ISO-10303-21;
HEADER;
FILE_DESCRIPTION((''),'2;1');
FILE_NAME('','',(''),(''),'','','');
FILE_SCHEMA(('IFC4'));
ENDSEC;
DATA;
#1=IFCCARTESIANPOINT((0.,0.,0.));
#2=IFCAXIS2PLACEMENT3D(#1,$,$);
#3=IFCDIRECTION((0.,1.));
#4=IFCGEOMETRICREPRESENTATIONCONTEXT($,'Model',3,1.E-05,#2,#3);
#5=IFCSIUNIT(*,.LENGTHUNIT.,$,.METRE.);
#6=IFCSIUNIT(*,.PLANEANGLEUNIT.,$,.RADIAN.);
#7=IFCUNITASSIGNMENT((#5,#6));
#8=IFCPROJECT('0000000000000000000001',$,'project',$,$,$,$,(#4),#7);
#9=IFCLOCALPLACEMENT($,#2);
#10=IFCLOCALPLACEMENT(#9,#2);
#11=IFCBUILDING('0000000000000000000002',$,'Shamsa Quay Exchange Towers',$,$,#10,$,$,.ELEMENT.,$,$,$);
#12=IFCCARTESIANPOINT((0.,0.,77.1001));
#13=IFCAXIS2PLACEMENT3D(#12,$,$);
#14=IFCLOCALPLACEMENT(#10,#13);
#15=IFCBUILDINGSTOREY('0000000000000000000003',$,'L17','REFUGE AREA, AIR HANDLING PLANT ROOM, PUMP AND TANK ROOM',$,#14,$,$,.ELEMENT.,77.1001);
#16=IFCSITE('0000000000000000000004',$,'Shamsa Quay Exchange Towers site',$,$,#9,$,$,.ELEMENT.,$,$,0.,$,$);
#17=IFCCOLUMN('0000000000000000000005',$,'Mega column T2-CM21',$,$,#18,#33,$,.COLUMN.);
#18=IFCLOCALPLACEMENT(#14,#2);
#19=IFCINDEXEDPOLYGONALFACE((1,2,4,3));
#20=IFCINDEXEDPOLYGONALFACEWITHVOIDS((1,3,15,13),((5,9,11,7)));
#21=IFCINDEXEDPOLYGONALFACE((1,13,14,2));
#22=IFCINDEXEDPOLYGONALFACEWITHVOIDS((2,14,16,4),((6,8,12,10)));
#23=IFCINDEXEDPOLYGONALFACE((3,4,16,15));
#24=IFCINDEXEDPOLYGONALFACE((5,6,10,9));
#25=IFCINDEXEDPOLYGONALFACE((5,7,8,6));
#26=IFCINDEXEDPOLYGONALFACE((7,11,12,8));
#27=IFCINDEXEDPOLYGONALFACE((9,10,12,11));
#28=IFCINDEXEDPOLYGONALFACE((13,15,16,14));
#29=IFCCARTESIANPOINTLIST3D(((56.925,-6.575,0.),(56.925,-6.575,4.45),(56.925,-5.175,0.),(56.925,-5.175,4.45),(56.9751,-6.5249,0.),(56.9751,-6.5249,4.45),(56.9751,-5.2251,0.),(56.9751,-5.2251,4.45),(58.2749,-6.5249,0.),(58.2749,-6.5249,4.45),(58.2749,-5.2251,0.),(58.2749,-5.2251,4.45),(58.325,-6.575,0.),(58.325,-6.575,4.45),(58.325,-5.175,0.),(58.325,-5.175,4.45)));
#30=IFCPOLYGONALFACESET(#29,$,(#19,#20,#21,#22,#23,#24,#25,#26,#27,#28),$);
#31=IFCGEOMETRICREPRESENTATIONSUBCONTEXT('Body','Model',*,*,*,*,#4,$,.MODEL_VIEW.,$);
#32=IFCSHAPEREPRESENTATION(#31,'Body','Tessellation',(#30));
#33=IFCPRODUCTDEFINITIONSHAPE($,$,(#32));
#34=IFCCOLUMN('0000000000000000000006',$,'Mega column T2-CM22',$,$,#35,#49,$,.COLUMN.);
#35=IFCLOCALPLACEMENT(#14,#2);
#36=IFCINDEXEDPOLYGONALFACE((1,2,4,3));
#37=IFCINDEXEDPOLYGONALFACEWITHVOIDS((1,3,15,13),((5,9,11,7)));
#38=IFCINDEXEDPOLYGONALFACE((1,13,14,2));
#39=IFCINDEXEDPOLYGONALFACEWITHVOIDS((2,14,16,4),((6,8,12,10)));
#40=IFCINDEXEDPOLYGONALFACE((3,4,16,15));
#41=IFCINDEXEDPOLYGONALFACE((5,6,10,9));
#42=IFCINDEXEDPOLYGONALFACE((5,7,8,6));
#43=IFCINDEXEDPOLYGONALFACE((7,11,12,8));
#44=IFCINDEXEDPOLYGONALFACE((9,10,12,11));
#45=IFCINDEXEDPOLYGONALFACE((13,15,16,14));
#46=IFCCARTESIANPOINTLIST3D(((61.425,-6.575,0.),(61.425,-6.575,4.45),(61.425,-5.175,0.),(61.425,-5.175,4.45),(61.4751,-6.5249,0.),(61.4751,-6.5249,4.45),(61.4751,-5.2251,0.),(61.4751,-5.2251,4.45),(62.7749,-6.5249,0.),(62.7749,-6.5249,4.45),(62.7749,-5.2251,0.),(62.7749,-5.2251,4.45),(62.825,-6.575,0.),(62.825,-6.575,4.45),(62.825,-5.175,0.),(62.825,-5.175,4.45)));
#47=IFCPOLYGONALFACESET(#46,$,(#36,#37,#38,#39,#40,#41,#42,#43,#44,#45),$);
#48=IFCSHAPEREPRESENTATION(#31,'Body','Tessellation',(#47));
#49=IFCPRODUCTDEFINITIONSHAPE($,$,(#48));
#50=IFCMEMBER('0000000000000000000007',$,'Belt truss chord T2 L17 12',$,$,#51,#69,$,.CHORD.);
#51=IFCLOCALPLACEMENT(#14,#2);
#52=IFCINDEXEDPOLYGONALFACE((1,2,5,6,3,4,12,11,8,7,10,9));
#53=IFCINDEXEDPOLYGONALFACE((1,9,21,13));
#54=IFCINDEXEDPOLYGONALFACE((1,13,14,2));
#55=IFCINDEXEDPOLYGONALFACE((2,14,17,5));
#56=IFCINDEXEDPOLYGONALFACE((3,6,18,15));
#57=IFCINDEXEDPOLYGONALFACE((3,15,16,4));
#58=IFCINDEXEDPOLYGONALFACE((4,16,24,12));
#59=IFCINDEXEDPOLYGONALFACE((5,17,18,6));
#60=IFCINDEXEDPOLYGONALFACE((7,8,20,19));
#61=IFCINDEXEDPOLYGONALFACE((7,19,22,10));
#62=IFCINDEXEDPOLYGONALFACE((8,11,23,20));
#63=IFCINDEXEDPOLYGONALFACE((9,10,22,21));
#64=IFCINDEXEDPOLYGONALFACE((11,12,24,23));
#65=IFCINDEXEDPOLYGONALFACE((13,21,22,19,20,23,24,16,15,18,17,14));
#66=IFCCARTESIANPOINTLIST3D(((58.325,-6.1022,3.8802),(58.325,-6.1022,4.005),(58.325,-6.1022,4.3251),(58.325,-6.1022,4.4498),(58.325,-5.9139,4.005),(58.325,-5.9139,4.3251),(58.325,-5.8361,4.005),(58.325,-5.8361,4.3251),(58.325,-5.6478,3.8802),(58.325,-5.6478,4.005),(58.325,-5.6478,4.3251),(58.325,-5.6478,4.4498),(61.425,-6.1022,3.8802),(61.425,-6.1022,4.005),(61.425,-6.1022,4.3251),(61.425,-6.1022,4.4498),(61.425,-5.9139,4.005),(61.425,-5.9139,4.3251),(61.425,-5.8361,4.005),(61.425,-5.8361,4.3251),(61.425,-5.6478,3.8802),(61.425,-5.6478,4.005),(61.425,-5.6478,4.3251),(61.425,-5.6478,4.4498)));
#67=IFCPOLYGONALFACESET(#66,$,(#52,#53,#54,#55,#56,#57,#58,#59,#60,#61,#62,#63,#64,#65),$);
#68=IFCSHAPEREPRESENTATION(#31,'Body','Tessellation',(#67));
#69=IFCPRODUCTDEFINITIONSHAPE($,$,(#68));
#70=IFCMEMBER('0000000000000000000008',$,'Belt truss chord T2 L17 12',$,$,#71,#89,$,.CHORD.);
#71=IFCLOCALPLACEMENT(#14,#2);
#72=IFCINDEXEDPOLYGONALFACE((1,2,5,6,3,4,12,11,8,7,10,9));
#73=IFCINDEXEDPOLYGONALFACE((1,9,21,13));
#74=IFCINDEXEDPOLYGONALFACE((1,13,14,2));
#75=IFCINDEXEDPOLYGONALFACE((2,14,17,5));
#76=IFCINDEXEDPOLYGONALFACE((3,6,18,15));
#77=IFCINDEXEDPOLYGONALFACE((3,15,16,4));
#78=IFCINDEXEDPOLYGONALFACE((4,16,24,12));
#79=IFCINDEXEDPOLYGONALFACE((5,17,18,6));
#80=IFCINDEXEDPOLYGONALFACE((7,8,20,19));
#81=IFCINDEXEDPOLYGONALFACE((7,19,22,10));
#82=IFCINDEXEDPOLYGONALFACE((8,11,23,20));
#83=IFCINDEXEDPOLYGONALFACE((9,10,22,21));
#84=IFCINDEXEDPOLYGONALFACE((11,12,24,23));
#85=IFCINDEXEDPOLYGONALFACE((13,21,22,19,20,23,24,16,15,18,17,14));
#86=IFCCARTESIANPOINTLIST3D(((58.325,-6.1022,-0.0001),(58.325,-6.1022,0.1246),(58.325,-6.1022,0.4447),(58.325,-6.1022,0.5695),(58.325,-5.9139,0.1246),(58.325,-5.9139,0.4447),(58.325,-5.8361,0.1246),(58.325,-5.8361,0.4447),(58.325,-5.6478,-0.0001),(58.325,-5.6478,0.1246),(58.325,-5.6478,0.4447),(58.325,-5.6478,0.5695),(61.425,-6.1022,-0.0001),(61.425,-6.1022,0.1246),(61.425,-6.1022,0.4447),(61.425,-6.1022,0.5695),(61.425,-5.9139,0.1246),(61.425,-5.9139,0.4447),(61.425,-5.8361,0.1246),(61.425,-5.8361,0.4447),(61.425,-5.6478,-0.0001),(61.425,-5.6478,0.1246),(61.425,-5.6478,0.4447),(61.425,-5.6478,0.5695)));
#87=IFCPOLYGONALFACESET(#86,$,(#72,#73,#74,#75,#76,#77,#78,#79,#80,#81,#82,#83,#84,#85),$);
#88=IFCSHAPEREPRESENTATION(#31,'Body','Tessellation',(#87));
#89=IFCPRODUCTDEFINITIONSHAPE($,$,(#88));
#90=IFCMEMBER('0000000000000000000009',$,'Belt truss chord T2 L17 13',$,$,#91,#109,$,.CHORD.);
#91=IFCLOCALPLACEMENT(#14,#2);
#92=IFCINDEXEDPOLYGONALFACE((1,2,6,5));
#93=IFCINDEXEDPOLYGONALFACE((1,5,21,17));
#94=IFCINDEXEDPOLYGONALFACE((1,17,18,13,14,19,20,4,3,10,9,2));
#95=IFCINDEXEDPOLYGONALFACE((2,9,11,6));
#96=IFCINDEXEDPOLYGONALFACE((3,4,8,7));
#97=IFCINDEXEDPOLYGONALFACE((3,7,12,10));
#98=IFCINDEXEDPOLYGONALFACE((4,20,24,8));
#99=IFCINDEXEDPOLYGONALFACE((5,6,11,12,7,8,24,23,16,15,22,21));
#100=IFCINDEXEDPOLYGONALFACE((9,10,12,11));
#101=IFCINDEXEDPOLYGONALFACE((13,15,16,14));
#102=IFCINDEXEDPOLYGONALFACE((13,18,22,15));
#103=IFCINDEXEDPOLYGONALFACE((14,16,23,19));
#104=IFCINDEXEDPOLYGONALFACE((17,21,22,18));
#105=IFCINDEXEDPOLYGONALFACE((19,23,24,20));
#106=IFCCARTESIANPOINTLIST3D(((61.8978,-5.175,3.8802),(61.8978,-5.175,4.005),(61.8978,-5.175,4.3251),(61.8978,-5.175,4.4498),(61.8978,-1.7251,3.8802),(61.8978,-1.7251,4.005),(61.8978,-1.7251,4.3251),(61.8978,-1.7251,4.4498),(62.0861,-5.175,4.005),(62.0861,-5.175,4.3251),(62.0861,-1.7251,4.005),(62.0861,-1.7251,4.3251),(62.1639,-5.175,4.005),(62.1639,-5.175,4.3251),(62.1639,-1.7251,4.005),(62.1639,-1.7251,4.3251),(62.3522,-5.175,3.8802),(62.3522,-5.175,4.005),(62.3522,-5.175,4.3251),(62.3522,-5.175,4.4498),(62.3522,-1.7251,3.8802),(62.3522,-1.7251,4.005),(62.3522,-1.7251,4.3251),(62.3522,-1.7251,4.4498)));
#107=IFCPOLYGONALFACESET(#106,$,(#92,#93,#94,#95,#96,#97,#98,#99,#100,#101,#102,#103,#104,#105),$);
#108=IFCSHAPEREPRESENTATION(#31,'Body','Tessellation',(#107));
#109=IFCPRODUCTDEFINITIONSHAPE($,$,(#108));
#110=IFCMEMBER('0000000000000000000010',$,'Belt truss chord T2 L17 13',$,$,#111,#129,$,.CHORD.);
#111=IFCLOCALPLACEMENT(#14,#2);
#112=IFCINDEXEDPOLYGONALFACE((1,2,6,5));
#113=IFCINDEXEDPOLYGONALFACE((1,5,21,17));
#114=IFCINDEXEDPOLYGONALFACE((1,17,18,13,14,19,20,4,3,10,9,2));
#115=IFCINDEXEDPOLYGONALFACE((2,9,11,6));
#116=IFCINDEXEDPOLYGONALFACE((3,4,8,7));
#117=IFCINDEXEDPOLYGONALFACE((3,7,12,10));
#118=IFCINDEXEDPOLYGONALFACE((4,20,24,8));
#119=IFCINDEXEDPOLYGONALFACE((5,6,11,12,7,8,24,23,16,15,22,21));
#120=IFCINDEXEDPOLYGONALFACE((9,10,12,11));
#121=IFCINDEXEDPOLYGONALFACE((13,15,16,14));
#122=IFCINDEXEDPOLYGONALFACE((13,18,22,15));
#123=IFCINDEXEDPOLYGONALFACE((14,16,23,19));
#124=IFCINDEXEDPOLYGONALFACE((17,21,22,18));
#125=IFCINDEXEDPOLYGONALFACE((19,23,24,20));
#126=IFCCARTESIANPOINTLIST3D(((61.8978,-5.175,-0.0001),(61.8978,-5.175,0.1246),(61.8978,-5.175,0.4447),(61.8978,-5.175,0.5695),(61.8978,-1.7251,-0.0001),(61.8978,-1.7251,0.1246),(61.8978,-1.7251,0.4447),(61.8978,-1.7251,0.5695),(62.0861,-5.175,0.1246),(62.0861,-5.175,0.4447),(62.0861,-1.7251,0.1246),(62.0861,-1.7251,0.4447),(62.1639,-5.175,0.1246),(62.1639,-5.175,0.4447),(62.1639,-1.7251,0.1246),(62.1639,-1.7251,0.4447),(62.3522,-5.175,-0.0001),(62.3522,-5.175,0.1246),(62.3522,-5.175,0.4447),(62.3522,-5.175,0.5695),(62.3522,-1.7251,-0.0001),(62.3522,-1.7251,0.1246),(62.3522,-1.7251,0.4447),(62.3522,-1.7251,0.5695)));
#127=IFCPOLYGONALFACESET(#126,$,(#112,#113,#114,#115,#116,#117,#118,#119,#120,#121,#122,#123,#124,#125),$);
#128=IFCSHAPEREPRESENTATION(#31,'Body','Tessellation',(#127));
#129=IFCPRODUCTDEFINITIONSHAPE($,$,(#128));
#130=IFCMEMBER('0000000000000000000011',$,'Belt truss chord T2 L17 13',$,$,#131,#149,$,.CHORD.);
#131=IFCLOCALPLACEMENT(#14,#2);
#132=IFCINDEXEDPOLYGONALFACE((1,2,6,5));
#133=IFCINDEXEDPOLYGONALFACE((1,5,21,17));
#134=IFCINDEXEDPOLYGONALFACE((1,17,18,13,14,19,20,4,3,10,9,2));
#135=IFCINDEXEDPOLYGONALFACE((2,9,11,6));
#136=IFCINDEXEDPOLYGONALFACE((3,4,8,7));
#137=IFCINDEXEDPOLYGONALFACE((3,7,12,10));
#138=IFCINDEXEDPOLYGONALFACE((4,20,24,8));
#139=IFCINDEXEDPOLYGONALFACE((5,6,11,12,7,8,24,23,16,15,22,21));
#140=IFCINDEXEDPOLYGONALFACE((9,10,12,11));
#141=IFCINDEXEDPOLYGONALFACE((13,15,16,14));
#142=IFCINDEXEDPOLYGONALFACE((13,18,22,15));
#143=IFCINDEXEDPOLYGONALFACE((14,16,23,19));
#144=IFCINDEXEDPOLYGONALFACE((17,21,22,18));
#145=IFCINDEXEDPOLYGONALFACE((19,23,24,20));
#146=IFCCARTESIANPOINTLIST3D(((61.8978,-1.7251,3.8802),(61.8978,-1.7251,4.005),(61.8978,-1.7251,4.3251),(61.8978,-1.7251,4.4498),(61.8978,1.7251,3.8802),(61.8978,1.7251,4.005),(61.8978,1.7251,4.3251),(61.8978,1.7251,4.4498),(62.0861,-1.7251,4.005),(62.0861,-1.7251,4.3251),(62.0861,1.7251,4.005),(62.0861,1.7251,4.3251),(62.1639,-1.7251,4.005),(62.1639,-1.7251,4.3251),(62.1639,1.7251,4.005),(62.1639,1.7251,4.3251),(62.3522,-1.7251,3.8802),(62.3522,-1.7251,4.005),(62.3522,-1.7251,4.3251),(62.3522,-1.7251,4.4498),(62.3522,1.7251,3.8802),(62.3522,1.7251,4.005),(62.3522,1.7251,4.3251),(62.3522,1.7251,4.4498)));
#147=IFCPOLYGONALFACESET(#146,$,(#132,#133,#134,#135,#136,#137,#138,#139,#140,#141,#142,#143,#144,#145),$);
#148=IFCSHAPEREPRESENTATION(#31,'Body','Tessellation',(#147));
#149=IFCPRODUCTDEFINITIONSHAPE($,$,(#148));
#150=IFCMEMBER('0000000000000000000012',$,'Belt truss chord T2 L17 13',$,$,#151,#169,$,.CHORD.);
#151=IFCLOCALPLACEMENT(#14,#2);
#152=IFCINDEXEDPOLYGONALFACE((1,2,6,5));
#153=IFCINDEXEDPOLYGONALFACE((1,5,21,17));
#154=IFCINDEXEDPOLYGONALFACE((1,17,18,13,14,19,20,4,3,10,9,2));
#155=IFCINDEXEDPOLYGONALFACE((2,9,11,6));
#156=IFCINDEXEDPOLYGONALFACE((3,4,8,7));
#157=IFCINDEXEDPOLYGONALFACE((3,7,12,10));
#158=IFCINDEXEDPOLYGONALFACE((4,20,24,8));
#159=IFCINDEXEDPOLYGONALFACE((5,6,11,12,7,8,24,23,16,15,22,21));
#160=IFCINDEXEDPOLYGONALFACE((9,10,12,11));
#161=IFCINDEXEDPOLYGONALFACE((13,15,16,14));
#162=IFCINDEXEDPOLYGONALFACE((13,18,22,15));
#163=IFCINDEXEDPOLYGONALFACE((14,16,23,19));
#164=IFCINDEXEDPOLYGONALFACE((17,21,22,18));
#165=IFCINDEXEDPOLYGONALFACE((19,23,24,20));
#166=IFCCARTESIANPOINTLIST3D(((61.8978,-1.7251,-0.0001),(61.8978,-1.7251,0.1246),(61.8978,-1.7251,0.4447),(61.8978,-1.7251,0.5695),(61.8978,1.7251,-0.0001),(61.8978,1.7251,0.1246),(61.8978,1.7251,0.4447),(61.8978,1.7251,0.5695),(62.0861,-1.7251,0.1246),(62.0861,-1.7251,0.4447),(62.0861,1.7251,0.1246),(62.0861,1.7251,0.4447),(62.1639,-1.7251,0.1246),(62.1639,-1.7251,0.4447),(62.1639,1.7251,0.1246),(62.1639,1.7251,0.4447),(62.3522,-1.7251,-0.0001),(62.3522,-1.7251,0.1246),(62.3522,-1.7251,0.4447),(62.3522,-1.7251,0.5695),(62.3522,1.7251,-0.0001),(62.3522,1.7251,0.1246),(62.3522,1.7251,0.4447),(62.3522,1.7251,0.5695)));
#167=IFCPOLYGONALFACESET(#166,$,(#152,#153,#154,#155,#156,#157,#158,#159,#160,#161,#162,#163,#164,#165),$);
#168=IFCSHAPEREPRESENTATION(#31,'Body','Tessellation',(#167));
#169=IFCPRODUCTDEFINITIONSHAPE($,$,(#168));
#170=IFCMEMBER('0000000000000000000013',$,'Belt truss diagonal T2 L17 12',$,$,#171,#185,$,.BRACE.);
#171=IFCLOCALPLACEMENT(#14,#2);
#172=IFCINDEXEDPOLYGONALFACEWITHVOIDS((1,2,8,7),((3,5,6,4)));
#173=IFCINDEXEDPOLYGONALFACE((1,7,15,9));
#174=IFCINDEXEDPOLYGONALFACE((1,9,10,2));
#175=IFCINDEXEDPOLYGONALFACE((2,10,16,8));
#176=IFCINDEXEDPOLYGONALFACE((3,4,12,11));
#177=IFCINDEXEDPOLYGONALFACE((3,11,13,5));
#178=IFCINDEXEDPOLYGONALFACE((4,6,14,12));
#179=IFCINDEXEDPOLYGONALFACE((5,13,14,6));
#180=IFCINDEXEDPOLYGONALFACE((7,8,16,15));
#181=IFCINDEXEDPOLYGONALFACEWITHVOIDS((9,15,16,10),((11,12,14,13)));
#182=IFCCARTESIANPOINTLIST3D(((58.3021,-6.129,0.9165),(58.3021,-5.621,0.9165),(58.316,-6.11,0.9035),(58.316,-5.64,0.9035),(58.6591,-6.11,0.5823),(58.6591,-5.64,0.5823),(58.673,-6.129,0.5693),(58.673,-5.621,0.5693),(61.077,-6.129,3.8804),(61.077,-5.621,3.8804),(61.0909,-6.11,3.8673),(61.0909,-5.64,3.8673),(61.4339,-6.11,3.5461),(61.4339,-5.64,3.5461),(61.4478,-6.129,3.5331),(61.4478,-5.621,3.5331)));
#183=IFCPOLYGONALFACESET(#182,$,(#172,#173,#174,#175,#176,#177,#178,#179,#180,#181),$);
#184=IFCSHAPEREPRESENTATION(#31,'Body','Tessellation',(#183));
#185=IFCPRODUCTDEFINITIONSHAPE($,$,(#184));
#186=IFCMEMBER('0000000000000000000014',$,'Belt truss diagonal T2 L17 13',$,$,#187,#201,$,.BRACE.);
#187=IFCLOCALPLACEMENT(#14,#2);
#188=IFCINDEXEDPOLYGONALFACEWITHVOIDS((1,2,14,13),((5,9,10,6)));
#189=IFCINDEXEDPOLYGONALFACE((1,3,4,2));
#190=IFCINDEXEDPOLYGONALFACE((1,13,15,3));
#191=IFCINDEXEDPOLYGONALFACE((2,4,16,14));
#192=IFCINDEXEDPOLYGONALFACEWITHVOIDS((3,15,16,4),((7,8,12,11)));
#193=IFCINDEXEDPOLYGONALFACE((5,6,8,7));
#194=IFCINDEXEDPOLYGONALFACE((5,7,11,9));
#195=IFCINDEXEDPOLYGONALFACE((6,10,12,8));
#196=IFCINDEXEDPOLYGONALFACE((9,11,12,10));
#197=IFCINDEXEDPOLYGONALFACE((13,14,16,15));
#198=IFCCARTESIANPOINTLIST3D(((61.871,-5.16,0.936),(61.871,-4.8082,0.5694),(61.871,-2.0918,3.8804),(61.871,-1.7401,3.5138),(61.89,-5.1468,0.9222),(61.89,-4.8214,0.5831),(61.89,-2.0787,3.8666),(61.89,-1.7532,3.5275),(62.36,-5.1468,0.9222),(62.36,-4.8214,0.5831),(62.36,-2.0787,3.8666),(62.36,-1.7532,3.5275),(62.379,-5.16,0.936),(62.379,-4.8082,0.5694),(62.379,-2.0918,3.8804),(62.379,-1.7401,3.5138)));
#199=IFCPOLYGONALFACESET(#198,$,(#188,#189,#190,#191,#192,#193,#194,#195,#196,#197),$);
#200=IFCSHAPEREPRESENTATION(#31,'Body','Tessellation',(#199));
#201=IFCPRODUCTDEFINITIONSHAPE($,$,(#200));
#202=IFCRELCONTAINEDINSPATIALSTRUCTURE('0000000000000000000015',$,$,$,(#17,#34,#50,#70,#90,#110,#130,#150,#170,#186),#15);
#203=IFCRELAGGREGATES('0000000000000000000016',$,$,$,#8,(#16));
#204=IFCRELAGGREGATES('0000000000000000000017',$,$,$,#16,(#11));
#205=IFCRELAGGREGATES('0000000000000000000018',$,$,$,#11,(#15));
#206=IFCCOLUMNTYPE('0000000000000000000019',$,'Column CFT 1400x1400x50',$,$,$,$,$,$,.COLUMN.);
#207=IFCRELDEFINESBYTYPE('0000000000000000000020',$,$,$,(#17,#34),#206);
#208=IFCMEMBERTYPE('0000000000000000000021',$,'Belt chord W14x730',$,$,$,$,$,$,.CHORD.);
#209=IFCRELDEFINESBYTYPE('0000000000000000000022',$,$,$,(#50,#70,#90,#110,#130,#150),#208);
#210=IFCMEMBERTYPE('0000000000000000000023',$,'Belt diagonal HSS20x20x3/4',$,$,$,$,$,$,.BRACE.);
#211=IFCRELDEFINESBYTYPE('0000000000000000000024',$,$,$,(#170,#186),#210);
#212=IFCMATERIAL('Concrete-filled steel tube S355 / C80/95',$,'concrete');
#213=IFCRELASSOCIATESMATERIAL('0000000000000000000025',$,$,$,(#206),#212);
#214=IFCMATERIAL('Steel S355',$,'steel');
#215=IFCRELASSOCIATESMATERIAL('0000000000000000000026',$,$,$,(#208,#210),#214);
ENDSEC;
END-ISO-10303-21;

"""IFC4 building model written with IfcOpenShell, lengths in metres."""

from ifc_helpers import new_model, si_unit, direction, frame, origin, origin_2d, place, context, subcontext, project, spatial, hollow_rectangle, i_section, extrude, material, material_profile, profile_set, type_object, element, save


model = new_model("IFC4")

# Units and contexts
model_context = context("Model", 3, precision=1e-05, world=origin(), true_north=direction((0.0, 1.0)))
body_context = subcontext(model_context, "Body", "Model", "MODEL_VIEW")
ifc_project = project(units=[si_unit("LENGTHUNIT", "METRE"), si_unit("PLANEANGLEUNIT", "RADIAN")], contexts=[model_context])

# Site, building, storey
site_placement = place(None, origin())
site = spatial("IfcSite", under=ifc_project, at=site_placement, Name="Shamsa Quay Exchange Towers site", CompositionType="ELEMENT", RefElevation=0.0)
building_placement = place(site_placement, origin())
building = spatial("IfcBuilding", under=site, at=building_placement, Name="Shamsa Quay Exchange Towers", CompositionType="ELEMENT")
storey_placement = place(building_placement, frame((0.0, 0.0, 77.1001)))
storey = spatial("IfcBuildingStorey", under=building, at=storey_placement, Name="L17", Description="REFUGE AREA, AIR HANDLING PLANT ROOM, PUMP AND TANK ROOM", CompositionType="ELEMENT", Elevation=77.1001)

# Columns
ifc_material_1 = material(Name="Concrete-filled steel tube S355 / C80/95", Category="concrete")
ifc_material_profile_1 = material_profile(ifc_material_1, hollow_rectangle(XDim=1.3999, YDim=1.3999, WallThickness=0.05, at=origin_2d()), Name="CFT 1400x1400x50")
ifc_profile_set_1 = profile_set([ifc_material_profile_1], Name="Concrete-filled steel tube S355 / C80/95")
column_type = type_object("IfcColumnType", Name="Column CFT 1400x1400x50", PredefinedType="COLUMN", material=ifc_profile_set_1)
for number, where, name in (
    (1, (57.625, -5.875, 0.0), "Mega column T2-CM21"),
    (2, (62.125, -5.875, 0.0), "Mega column T2-CM22"),
):
    element("IfcColumn", number, at=place(storey_placement, frame(where)), inside=storey, type_object=column_type, Name=name, PredefinedType="COLUMN", context=body_context, shape_type="SweptSolid", body=[
        extrude(hollow_rectangle(XDim=1.3999, YDim=1.3999, WallThickness=0.05, at=origin_2d()), origin(), (0.0, 0.0, 1.0), 4.45),
    ])

# Members
ifc_material_2 = material(Name="Steel S355", Category="steel")
ifc_material_profile_2 = material_profile(ifc_material_2, i_section(OverallWidth=0.4543, OverallDepth=0.5696, WebThickness=0.0779, FlangeThickness=0.1248, at=origin_2d()), Name="W14x730")
ifc_profile_set_2 = profile_set([ifc_material_profile_2], Name="Steel S355")
member_type_1 = type_object("IfcMemberType", Name="Belt chord W14x730", PredefinedType="CHORD", material=ifc_profile_set_2)
for number, where, z_axis, x_axis, name in (
    (3, (58.325, -5.875, 4.165), (1.0, 0.0, 0.0), (0.0, 1.0, 0.0), "Belt truss chord T2 L17 12"),
    (4, (58.325, -5.875, 0.2847), (1.0, 0.0, 0.0), (0.0, 1.0, 0.0), "Belt truss chord T2 L17 12"),
):
    element("IfcMember", number, at=place(storey_placement, frame(where, z_axis=z_axis, x_axis=x_axis)), inside=storey, type_object=member_type_1, Name=name, PredefinedType="CHORD", context=body_context, shape_type="SweptSolid", body=[
        extrude(i_section(OverallWidth=0.4543, OverallDepth=0.5696, WebThickness=0.0779, FlangeThickness=0.1248, at=origin_2d()), origin(), (0.0, 0.0, 1.0), 3.1001),
    ])
for number, where, z_axis, x_axis, name in (
    (5, (62.125, -5.175, 4.165), (0.0, 1.0, 0.0), (-1.0, 0.0, 0.0), "Belt truss chord T2 L17 13"),
    (6, (62.125, -5.175, 0.2847), (0.0, 1.0, 0.0), (-1.0, 0.0, 0.0), "Belt truss chord T2 L17 13"),
):
    element("IfcMember", number, at=place(storey_placement, frame(where, z_axis=z_axis, x_axis=x_axis)), inside=storey, type_object=member_type_1, Name=name, PredefinedType="CHORD", context=body_context, shape_type="SweptSolid", body=[
        extrude(i_section(OverallWidth=0.4543, OverallDepth=0.5696, WebThickness=0.0779, FlangeThickness=0.1248, at=origin_2d()), origin(), (0.0, 0.0, 1.0), 3.45),
    ])
for number, where, z_axis, x_axis, name in (
    (7, (62.125, -1.7251, 4.165), (0.0, 1.0, 0.0), (-1.0, 0.0, 0.0), "Belt truss chord T2 L17 13"),
    (8, (62.125, -1.7251, 0.2847), (0.0, 1.0, 0.0), (-1.0, 0.0, 0.0), "Belt truss chord T2 L17 13"),
):
    element("IfcMember", number, at=place(storey_placement, frame(where, z_axis=z_axis, x_axis=x_axis)), inside=storey, type_object=member_type_1, Name=name, PredefinedType="CHORD", context=body_context, shape_type="SweptSolid", body=[
        extrude(i_section(OverallWidth=0.4543, OverallDepth=0.5696, WebThickness=0.0779, FlangeThickness=0.1248, at=origin_2d()), origin(), (0.0, 0.0, 1.0), 3.4502),
    ])
ifc_material_profile_3 = material_profile(ifc_material_2, hollow_rectangle(XDim=0.5081, YDim=0.5081, WallThickness=0.019, at=origin_2d()), Name="HSS20x20x3/4")
ifc_profile_set_3 = profile_set([ifc_material_profile_3], Name="Steel S355")
member_type_2 = type_object("IfcMemberType", Name="Belt diagonal HSS20x20x3/4", PredefinedType="BRACE", material=ifc_profile_set_3)
member_1_placement = place(storey_placement, frame((58.4875, -5.875, 0.7429), z_axis=(0.683453, 0.0, 0.729995), x_axis=(0.0, 1.0, 0.0)))
element("IfcMember", 9, at=member_1_placement, inside=storey, type_object=member_type_2, Name="Belt truss diagonal T2 L17 12", PredefinedType="BRACE", context=body_context, shape_type="SweptSolid", body=[
    extrude(hollow_rectangle(XDim=0.5081, YDim=0.5081, WallThickness=0.019, at=origin_2d()), origin(), (0.0, 0.0, 1.0), 4.0601),
])
member_2_placement = place(storey_placement, frame((62.125, -4.9841, 0.7527), z_axis=(0.0, 0.721511, 0.692403), x_axis=(-1.0, 0.0, 0.0)))
element("IfcMember", 10, at=member_2_placement, inside=storey, type_object=member_type_2, Name="Belt truss diagonal T2 L17 13", PredefinedType="BRACE", context=body_context, shape_type="SweptSolid", body=[
    extrude(hollow_rectangle(XDim=0.5081, YDim=0.5081, WallThickness=0.019, at=origin_2d()), origin(), (0.0, 0.0, 1.0), 4.2524),
])

save(model, "model.ifc")
